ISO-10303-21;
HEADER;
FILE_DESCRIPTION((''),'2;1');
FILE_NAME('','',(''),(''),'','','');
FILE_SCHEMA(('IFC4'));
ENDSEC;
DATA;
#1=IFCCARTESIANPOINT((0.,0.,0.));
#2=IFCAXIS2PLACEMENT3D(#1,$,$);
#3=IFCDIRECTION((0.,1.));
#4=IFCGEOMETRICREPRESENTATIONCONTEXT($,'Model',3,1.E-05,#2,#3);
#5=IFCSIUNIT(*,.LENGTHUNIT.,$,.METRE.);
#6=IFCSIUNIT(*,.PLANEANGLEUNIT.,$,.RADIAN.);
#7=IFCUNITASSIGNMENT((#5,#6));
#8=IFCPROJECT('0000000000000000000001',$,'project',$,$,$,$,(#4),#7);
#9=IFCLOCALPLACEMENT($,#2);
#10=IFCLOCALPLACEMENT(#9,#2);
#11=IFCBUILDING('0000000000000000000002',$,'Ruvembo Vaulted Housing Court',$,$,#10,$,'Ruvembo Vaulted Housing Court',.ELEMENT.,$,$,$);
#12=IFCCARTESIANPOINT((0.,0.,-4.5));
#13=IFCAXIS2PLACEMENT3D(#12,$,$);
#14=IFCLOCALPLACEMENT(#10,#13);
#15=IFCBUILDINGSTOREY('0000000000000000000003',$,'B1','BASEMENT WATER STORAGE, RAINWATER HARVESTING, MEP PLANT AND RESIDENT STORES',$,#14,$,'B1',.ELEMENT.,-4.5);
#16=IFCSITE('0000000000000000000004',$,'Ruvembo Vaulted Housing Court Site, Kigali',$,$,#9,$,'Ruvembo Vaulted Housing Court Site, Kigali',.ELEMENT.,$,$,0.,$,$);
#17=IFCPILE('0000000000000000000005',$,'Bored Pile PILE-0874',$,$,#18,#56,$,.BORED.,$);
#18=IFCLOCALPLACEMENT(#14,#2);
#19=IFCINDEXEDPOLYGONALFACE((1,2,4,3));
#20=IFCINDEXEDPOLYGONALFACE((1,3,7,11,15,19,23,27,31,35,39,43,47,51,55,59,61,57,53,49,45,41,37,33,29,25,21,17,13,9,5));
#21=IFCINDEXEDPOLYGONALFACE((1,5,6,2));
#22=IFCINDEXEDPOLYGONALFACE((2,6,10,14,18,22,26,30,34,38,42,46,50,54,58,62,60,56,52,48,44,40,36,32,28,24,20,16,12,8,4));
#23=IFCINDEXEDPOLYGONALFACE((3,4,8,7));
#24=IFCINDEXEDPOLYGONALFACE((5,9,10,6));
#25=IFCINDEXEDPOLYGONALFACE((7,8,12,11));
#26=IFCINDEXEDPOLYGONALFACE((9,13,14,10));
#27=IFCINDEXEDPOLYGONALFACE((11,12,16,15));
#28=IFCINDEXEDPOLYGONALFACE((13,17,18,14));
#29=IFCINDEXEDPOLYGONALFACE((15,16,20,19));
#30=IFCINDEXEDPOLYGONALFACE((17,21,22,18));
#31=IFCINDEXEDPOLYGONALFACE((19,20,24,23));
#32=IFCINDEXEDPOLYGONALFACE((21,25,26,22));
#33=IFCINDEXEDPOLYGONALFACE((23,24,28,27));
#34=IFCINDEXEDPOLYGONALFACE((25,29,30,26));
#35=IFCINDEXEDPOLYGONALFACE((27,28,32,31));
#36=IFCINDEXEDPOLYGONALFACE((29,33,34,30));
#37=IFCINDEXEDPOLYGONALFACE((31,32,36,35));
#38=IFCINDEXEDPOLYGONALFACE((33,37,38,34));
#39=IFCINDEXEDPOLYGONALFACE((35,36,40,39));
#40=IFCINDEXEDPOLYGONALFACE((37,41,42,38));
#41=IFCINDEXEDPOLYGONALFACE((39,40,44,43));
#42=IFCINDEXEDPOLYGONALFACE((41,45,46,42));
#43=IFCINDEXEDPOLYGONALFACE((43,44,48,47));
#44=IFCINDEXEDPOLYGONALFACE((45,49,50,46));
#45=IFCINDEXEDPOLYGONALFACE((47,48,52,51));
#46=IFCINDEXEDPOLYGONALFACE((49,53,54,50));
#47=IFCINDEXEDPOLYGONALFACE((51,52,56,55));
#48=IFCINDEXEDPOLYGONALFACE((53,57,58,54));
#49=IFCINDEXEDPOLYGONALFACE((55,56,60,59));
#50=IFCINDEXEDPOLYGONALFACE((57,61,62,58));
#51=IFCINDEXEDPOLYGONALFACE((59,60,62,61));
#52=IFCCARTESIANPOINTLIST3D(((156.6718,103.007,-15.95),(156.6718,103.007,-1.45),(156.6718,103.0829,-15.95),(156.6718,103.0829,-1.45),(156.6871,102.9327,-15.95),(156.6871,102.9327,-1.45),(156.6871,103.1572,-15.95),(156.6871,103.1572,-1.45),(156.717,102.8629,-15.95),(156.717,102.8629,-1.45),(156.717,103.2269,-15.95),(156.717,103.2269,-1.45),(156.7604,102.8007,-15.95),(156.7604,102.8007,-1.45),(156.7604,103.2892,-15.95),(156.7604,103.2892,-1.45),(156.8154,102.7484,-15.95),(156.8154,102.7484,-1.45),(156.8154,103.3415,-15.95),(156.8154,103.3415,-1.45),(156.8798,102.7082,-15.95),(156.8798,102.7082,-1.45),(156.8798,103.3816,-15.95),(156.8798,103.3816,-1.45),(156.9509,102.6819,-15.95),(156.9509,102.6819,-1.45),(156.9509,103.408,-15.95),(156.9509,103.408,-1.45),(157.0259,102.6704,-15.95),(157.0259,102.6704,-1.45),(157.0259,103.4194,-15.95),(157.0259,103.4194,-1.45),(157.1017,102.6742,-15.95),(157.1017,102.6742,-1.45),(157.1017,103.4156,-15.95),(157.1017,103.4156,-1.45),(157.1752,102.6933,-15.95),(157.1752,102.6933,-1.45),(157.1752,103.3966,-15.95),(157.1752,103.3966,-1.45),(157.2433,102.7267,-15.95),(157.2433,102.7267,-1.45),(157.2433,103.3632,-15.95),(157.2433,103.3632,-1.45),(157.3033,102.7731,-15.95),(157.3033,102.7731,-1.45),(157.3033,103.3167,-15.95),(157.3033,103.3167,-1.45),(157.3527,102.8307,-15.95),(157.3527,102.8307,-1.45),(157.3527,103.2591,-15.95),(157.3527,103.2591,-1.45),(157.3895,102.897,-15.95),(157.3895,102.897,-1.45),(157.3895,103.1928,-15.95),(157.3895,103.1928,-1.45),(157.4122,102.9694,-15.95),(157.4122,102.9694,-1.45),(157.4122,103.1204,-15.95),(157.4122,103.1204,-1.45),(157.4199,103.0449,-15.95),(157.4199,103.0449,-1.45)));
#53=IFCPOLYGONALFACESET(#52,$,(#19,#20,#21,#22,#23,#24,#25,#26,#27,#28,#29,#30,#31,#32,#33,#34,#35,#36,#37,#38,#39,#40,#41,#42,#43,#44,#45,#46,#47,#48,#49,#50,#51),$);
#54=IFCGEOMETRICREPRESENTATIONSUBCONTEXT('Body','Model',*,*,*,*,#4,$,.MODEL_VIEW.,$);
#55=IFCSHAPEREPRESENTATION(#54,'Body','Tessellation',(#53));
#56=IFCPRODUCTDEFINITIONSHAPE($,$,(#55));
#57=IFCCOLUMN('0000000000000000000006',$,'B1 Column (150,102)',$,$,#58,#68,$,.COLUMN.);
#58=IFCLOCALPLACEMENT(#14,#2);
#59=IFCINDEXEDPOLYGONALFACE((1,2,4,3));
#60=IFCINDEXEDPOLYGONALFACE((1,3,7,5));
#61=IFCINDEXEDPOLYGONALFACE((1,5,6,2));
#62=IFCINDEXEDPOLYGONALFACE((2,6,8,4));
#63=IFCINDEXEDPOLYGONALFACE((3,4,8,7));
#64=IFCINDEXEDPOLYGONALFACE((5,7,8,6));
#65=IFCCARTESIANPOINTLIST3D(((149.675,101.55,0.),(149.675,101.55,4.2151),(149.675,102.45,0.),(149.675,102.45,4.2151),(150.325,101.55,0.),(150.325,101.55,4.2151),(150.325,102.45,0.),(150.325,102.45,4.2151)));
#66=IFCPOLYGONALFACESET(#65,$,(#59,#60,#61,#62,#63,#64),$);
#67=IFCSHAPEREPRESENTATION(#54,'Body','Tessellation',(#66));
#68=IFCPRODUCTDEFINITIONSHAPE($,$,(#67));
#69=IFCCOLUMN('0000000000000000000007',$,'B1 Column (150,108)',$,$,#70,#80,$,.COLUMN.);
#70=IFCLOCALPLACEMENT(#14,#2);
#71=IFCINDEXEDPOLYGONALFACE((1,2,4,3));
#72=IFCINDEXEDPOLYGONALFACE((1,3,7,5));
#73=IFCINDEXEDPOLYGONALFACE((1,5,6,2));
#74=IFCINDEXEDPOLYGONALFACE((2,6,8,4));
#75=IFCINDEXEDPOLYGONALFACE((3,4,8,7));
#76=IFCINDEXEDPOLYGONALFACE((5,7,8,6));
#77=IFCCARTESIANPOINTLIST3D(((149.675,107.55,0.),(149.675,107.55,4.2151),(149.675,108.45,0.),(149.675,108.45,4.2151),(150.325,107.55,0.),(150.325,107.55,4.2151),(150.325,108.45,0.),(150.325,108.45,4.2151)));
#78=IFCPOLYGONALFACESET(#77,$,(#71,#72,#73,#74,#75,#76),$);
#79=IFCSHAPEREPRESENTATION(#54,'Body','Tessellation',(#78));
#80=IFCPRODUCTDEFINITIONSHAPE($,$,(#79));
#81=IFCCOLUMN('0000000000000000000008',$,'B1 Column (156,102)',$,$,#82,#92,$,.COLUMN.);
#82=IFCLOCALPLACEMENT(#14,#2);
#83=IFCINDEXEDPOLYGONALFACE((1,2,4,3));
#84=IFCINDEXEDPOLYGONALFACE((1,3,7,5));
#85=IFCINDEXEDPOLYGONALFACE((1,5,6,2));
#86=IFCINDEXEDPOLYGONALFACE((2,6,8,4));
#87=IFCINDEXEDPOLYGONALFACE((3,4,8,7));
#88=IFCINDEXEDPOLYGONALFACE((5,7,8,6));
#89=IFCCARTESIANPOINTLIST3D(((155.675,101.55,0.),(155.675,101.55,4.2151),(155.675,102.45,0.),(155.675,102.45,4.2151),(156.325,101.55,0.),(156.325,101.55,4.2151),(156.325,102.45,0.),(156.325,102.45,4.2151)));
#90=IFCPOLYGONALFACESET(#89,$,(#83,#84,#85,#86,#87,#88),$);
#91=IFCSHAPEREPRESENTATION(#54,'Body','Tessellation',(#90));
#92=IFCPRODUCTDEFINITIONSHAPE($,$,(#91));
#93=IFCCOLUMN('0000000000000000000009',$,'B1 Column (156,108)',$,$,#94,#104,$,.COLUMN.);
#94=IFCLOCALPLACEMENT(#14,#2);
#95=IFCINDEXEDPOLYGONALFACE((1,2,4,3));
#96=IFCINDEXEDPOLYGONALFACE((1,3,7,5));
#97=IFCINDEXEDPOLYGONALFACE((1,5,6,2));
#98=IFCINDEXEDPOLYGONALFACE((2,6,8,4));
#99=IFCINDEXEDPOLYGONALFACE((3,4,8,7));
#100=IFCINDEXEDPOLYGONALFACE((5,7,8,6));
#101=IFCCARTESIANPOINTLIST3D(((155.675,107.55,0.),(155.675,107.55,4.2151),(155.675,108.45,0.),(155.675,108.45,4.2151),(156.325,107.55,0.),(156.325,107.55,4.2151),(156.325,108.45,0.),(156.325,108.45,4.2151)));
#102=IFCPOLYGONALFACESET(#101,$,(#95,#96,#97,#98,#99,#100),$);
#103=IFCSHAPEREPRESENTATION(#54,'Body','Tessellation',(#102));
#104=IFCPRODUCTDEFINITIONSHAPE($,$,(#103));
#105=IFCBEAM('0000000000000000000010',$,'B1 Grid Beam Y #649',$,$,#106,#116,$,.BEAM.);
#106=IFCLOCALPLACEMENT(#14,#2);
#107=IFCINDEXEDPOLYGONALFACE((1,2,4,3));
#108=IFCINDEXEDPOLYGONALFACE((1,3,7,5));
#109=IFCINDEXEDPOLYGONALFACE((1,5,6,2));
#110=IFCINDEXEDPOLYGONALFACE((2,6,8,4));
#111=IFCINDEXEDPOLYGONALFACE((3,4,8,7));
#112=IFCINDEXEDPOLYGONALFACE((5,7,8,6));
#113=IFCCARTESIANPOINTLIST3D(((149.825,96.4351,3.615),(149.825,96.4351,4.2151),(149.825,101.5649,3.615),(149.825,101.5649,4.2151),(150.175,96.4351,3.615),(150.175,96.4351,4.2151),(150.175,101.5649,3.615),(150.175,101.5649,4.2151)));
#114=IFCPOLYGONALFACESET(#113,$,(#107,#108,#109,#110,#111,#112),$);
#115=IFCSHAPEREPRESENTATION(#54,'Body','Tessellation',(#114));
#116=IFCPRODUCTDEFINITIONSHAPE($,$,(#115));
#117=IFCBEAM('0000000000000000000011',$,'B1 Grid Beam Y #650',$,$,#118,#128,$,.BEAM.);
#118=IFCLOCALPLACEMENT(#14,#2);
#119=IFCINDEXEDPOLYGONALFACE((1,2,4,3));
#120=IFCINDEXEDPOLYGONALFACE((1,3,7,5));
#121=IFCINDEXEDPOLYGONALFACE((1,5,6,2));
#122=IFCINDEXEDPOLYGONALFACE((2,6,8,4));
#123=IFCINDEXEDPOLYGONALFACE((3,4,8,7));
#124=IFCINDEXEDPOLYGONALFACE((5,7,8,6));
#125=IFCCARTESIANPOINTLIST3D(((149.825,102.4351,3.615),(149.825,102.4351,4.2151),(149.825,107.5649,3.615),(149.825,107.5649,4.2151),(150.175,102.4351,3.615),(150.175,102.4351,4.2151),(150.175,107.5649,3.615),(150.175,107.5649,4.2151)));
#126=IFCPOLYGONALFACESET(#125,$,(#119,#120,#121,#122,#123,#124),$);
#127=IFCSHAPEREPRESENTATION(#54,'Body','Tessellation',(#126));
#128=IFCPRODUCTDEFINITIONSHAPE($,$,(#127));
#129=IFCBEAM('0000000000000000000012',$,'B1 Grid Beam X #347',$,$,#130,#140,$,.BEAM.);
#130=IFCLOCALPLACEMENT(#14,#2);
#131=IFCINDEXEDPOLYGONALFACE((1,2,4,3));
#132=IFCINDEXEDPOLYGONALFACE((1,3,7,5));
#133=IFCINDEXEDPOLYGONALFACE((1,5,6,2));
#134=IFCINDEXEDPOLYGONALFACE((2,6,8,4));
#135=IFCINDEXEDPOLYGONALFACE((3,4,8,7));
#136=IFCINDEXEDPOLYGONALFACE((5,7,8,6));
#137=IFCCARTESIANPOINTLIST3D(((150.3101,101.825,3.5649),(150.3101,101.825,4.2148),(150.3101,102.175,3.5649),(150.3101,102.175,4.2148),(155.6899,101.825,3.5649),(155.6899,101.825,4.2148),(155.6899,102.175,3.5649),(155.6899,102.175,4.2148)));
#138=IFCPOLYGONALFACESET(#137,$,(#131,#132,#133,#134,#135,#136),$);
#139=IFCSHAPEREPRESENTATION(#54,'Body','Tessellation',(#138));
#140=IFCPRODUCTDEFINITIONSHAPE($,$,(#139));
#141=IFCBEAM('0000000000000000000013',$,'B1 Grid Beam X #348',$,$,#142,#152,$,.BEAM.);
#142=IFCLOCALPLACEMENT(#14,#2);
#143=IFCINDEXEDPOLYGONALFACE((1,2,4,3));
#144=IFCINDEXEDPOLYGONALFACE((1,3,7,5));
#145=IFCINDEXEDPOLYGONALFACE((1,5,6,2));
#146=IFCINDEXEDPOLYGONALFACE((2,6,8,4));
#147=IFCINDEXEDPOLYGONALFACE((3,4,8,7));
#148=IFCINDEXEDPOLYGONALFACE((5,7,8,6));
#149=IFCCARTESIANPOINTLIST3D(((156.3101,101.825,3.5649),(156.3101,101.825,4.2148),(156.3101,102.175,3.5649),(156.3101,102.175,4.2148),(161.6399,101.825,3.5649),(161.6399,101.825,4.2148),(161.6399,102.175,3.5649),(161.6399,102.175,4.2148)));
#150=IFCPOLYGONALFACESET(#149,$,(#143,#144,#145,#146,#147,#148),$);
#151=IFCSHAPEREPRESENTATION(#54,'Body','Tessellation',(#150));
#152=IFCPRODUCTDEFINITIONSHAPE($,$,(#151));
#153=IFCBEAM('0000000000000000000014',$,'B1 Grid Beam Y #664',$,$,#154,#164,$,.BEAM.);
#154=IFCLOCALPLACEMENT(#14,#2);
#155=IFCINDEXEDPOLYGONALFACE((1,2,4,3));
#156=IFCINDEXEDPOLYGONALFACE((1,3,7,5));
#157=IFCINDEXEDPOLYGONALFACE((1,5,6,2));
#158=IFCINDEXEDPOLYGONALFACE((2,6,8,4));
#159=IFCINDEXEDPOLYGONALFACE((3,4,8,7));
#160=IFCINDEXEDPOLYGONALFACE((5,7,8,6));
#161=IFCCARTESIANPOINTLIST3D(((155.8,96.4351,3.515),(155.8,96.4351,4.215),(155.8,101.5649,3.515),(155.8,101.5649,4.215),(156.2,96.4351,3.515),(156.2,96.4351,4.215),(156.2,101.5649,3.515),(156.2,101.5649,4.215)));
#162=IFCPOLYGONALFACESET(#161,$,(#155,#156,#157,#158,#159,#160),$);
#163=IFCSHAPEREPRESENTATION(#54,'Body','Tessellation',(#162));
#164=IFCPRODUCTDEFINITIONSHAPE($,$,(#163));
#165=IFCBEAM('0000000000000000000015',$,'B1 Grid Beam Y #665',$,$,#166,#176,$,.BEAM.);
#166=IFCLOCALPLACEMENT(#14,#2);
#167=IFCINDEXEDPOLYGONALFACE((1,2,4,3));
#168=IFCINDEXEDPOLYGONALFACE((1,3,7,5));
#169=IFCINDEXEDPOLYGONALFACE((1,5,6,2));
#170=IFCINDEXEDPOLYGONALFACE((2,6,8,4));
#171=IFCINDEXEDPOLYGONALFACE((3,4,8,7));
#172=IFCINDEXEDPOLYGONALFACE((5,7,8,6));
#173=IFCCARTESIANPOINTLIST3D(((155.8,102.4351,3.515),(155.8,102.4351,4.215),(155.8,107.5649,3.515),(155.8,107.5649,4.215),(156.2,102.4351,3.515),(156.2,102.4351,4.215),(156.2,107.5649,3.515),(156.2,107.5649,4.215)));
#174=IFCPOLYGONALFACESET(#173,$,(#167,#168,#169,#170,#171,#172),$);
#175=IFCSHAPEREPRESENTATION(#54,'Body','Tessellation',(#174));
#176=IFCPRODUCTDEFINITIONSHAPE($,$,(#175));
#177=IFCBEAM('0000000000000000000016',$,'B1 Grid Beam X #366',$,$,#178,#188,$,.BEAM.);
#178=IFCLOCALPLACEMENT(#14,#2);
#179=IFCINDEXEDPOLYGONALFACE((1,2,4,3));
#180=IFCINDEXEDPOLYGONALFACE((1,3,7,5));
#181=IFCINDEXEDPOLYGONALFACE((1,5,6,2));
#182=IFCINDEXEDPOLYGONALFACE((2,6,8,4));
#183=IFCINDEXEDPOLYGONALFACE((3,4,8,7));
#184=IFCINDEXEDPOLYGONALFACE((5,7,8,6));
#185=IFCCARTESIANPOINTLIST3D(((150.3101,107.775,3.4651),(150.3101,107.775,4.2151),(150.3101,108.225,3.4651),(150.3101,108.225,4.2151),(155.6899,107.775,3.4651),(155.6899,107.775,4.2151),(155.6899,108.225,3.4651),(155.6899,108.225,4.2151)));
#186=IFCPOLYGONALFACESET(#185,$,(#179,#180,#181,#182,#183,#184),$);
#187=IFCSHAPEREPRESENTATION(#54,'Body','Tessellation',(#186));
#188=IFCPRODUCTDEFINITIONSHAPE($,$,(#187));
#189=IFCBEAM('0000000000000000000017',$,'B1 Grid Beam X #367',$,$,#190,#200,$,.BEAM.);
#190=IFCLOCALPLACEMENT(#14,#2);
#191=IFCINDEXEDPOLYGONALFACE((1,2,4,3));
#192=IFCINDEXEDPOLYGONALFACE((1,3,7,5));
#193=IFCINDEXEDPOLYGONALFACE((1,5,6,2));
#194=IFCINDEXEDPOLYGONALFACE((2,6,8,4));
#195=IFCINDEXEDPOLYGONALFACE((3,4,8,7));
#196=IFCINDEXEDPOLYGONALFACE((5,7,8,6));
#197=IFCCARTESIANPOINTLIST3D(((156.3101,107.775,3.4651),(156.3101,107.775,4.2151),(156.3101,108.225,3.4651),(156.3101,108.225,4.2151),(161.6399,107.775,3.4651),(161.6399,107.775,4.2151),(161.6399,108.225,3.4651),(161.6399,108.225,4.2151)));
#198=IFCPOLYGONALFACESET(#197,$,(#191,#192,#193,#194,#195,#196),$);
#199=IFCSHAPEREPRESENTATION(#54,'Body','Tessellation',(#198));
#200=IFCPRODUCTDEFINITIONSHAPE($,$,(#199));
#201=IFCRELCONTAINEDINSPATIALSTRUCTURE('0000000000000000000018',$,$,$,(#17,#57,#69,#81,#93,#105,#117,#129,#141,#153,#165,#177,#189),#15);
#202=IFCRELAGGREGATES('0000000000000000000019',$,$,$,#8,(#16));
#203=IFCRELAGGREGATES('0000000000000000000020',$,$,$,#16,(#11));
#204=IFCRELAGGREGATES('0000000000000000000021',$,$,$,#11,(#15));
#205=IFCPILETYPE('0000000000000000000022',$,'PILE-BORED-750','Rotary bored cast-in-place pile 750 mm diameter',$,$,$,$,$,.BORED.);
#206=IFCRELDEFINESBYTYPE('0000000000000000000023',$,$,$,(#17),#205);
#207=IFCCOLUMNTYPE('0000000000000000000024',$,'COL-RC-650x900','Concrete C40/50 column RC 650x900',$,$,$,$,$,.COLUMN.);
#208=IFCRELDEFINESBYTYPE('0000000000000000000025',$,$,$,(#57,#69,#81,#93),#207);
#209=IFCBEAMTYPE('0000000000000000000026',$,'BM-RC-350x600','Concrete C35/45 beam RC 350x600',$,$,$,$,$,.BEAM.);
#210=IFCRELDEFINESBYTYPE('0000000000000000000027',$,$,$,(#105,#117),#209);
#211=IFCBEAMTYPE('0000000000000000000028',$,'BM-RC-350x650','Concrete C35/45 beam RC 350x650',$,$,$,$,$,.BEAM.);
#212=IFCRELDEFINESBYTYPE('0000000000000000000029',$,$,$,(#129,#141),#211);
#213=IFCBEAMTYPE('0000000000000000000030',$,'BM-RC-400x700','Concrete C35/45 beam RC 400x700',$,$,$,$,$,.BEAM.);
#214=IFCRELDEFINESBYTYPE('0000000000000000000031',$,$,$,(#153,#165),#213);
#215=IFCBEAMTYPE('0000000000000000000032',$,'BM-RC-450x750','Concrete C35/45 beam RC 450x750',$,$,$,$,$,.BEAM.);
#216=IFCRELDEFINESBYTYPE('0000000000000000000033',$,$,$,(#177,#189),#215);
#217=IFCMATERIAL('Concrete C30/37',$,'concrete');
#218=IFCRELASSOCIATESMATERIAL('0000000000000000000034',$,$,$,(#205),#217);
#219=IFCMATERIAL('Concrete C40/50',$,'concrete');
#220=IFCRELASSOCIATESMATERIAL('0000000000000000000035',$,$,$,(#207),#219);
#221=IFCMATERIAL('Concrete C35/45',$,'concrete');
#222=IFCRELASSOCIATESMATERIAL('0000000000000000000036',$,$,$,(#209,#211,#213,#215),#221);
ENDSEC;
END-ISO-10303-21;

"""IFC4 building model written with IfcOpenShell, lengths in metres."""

from ifc_helpers import new_model, si_unit, direction, frame, origin, origin_2d, place, context, subcontext, project, spatial, rectangle, circle, extrude, material, material_profile, profile_set, type_object, element, save


model = new_model("IFC4")

# Units and contexts
model_context = context("Model", 3, precision=1e-05, world=origin(), true_north=direction((0.0, 1.0)))
body_context = subcontext(model_context, "Body", "Model", "MODEL_VIEW")
ifc_project = project(units=[si_unit("LENGTHUNIT", "METRE"), si_unit("PLANEANGLEUNIT", "RADIAN")], contexts=[model_context])

# Site, building, storey
site_placement = place(None, origin())
site = spatial("IfcSite", under=ifc_project, at=site_placement, Name="Ruvembo Vaulted Housing Court Site, Kigali", LongName="Ruvembo Vaulted Housing Court Site, Kigali", CompositionType="ELEMENT", RefElevation=0.0)
building_placement = place(site_placement, origin())
building = spatial("IfcBuilding", under=site, at=building_placement, Name="Ruvembo Vaulted Housing Court", LongName="Ruvembo Vaulted Housing Court", CompositionType="ELEMENT")
storey_placement = place(building_placement, frame((0.0, 0.0, -4.5)))
storey = spatial("IfcBuildingStorey", under=building, at=storey_placement, Name="B1", Description="BASEMENT WATER STORAGE, RAINWATER HARVESTING, MEP PLANT AND RESIDENT STORES", LongName="B1", CompositionType="ELEMENT", Elevation=-4.5)

# Shared definitions
ifc_material_1 = material(Name="Concrete C35/45", Category="concrete")

# Pile
ifc_material_2 = material(Name="Concrete C30/37", Category="concrete")
ifc_material_profile_1 = material_profile(ifc_material_2, circle(Radius=0.375, at=origin_2d()), Name="PILE D750")
ifc_profile_set_1 = profile_set([ifc_material_profile_1], Name="Concrete C30/37")
pile_type_1 = type_object("IfcPileType", Name="PILE-BORED-750", Description="Rotary bored cast-in-place pile 750 mm diameter", PredefinedType="BORED", material=ifc_profile_set_1)
for number, where, z_axis, x_axis, name in (
    (1, (157.0449, 103.0449, -1.45), (0.0, 0.0, -1.0), (1.0, 0.0, 0.0), "Bored Pile PILE-0874"),
):
    element("IfcPile", number, at=place(storey_placement, frame(where, z_axis=z_axis, x_axis=x_axis)), inside=storey, type_object=pile_type_1, Name=name, PredefinedType="BORED", context=body_context, shape_type="SweptSolid", body=[
        extrude(circle(Radius=0.375, at=origin_2d()), origin(), (0.0, 0.0, 1.0), 14.5),
    ])

# Columns
ifc_material_3 = material(Name="Concrete C40/50", Category="concrete")
ifc_material_profile_2 = material_profile(ifc_material_3, rectangle(XDim=0.6499, YDim=0.8999, at=origin_2d()), Name="RC 650x900")
ifc_profile_set_2 = profile_set([ifc_material_profile_2], Name="Concrete C40/50")
column_type = type_object("IfcColumnType", Name="COL-RC-650x900", Description="Concrete C40/50 column RC 650x900", PredefinedType="COLUMN", material=ifc_profile_set_2)
for number, where, z_axis, x_axis, name in (
    (2, (150.0, 102.0, 0.0), (0.0, 0.0, 1.0), (1.0, 0.0, 0.0), "B1 Column (150,102)"),
    (3, (150.0, 108.0, 0.0), (0.0, 0.0, 1.0), (1.0, 0.0, 0.0), "B1 Column (150,108)"),
    (4, (156.0, 102.0, 0.0), (0.0, 0.0, 1.0), (1.0, 0.0, 0.0), "B1 Column (156,102)"),
    (5, (156.0, 108.0, 0.0), (0.0, 0.0, 1.0), (1.0, 0.0, 0.0), "B1 Column (156,108)"),
):
    element("IfcColumn", number, at=place(storey_placement, frame(where, z_axis=z_axis, x_axis=x_axis)), inside=storey, type_object=column_type, Name=name, PredefinedType="COLUMN", context=body_context, shape_type="SweptSolid", body=[
        extrude(rectangle(XDim=0.6499, YDim=0.8999, at=origin_2d()), origin(), (0.0, 0.0, 1.0), 4.2151),
    ])

# Beams
ifc_material_profile_3 = material_profile(ifc_material_1, rectangle(XDim=0.3501, YDim=0.6001, at=origin_2d()), Name="RC 350x600")
ifc_profile_set_3 = profile_set([ifc_material_profile_3], Name="Concrete C35/45")
beam_type_1 = type_object("IfcBeamType", Name="BM-RC-350x600", Description="Concrete C35/45 beam RC 350x600", PredefinedType="BEAM", material=ifc_profile_set_3)
for number, where, z_axis, x_axis, name in (
    (6, (150.0, 96.4351, 3.915), (0.0, 1.0, 0.0), (-1.0, 0.0, 0.0), "B1 Grid Beam Y #649"),
    (7, (150.0, 102.4351, 3.915), (0.0, 1.0, 0.0), (-1.0, 0.0, 0.0), "B1 Grid Beam Y #650"),
):
    element("IfcBeam", number, at=place(storey_placement, frame(where, z_axis=z_axis, x_axis=x_axis)), inside=storey, type_object=beam_type_1, Name=name, PredefinedType="BEAM", context=body_context, shape_type="SweptSolid", body=[
        extrude(rectangle(XDim=0.3501, YDim=0.6001, at=origin_2d()), origin(), (0.0, 0.0, 1.0), 5.1299),
    ])
ifc_material_profile_4 = material_profile(ifc_material_1, rectangle(XDim=0.3501, YDim=0.6499, at=origin_2d()), Name="RC 350x650")
ifc_profile_set_4 = profile_set([ifc_material_profile_4], Name="Concrete C35/45")
beam_type_2 = type_object("IfcBeamType", Name="BM-RC-350x650", Description="Concrete C35/45 beam RC 350x650", PredefinedType="BEAM", material=ifc_profile_set_4)
beam_1_placement = place(storey_placement, frame((150.3101, 102.0, 3.8899), z_axis=(1.0, 0.0, 0.0), x_axis=(0.0, 1.0, 0.0)))
element("IfcBeam", 8, at=beam_1_placement, inside=storey, type_object=beam_type_2, Name="B1 Grid Beam X #347", PredefinedType="BEAM", context=body_context, shape_type="SweptSolid", body=[
    extrude(rectangle(XDim=0.3501, YDim=0.6499, at=origin_2d()), origin(), (0.0, 0.0, 1.0), 5.3799),
])
beam_2_placement = place(storey_placement, frame((156.3101, 102.0, 3.8899), z_axis=(1.0, 0.0, 0.0), x_axis=(0.0, 1.0, 0.0)))
element("IfcBeam", 9, at=beam_2_placement, inside=storey, type_object=beam_type_2, Name="B1 Grid Beam X #348", PredefinedType="BEAM", context=body_context, shape_type="SweptSolid", body=[
    extrude(rectangle(XDim=0.3501, YDim=0.6499, at=origin_2d()), origin(), (0.0, 0.0, 1.0), 5.3298),
])
ifc_material_profile_5 = material_profile(ifc_material_1, rectangle(XDim=0.3999, YDim=0.7, at=origin_2d()), Name="RC 400x700")
ifc_profile_set_5 = profile_set([ifc_material_profile_5], Name="Concrete C35/45")
beam_type_3 = type_object("IfcBeamType", Name="BM-RC-400x700", Description="Concrete C35/45 beam RC 400x700", PredefinedType="BEAM", material=ifc_profile_set_5)
for number, where, z_axis, x_axis, name in (
    (10, (156.0, 96.4351, 3.865), (0.0, 1.0, 0.0), (-1.0, 0.0, 0.0), "B1 Grid Beam Y #664"),
    (11, (156.0, 102.4351, 3.865), (0.0, 1.0, 0.0), (-1.0, 0.0, 0.0), "B1 Grid Beam Y #665"),
):
    element("IfcBeam", number, at=place(storey_placement, frame(where, z_axis=z_axis, x_axis=x_axis)), inside=storey, type_object=beam_type_3, Name=name, PredefinedType="BEAM", context=body_context, shape_type="SweptSolid", body=[
        extrude(rectangle(XDim=0.3999, YDim=0.7, at=origin_2d()), origin(), (0.0, 0.0, 1.0), 5.1299),
    ])
ifc_material_profile_6 = material_profile(ifc_material_1, rectangle(XDim=0.45, YDim=0.75, at=origin_2d()), Name="RC 450x750")
ifc_profile_set_6 = profile_set([ifc_material_profile_6], Name="Concrete C35/45")
beam_type_4 = type_object("IfcBeamType", Name="BM-RC-450x750", Description="Concrete C35/45 beam RC 450x750", PredefinedType="BEAM", material=ifc_profile_set_6)
beam_3_placement = place(storey_placement, frame((150.3101, 108.0, 3.8401), z_axis=(1.0, 0.0, 0.0), x_axis=(0.0, 1.0, 0.0)))
element("IfcBeam", 12, at=beam_3_placement, inside=storey, type_object=beam_type_4, Name="B1 Grid Beam X #366", PredefinedType="BEAM", context=body_context, shape_type="SweptSolid", body=[
    extrude(rectangle(XDim=0.45, YDim=0.75, at=origin_2d()), origin(), (0.0, 0.0, 1.0), 5.3799),
])
beam_4_placement = place(storey_placement, frame((156.3101, 108.0, 3.8401), z_axis=(1.0, 0.0, 0.0), x_axis=(0.0, 1.0, 0.0)))
element("IfcBeam", 13, at=beam_4_placement, inside=storey, type_object=beam_type_4, Name="B1 Grid Beam X #367", PredefinedType="BEAM", context=body_context, shape_type="SweptSolid", body=[
    extrude(rectangle(XDim=0.45, YDim=0.75, at=origin_2d()), origin(), (0.0, 0.0, 1.0), 5.3298),
])

save(model, "model.ifc")
